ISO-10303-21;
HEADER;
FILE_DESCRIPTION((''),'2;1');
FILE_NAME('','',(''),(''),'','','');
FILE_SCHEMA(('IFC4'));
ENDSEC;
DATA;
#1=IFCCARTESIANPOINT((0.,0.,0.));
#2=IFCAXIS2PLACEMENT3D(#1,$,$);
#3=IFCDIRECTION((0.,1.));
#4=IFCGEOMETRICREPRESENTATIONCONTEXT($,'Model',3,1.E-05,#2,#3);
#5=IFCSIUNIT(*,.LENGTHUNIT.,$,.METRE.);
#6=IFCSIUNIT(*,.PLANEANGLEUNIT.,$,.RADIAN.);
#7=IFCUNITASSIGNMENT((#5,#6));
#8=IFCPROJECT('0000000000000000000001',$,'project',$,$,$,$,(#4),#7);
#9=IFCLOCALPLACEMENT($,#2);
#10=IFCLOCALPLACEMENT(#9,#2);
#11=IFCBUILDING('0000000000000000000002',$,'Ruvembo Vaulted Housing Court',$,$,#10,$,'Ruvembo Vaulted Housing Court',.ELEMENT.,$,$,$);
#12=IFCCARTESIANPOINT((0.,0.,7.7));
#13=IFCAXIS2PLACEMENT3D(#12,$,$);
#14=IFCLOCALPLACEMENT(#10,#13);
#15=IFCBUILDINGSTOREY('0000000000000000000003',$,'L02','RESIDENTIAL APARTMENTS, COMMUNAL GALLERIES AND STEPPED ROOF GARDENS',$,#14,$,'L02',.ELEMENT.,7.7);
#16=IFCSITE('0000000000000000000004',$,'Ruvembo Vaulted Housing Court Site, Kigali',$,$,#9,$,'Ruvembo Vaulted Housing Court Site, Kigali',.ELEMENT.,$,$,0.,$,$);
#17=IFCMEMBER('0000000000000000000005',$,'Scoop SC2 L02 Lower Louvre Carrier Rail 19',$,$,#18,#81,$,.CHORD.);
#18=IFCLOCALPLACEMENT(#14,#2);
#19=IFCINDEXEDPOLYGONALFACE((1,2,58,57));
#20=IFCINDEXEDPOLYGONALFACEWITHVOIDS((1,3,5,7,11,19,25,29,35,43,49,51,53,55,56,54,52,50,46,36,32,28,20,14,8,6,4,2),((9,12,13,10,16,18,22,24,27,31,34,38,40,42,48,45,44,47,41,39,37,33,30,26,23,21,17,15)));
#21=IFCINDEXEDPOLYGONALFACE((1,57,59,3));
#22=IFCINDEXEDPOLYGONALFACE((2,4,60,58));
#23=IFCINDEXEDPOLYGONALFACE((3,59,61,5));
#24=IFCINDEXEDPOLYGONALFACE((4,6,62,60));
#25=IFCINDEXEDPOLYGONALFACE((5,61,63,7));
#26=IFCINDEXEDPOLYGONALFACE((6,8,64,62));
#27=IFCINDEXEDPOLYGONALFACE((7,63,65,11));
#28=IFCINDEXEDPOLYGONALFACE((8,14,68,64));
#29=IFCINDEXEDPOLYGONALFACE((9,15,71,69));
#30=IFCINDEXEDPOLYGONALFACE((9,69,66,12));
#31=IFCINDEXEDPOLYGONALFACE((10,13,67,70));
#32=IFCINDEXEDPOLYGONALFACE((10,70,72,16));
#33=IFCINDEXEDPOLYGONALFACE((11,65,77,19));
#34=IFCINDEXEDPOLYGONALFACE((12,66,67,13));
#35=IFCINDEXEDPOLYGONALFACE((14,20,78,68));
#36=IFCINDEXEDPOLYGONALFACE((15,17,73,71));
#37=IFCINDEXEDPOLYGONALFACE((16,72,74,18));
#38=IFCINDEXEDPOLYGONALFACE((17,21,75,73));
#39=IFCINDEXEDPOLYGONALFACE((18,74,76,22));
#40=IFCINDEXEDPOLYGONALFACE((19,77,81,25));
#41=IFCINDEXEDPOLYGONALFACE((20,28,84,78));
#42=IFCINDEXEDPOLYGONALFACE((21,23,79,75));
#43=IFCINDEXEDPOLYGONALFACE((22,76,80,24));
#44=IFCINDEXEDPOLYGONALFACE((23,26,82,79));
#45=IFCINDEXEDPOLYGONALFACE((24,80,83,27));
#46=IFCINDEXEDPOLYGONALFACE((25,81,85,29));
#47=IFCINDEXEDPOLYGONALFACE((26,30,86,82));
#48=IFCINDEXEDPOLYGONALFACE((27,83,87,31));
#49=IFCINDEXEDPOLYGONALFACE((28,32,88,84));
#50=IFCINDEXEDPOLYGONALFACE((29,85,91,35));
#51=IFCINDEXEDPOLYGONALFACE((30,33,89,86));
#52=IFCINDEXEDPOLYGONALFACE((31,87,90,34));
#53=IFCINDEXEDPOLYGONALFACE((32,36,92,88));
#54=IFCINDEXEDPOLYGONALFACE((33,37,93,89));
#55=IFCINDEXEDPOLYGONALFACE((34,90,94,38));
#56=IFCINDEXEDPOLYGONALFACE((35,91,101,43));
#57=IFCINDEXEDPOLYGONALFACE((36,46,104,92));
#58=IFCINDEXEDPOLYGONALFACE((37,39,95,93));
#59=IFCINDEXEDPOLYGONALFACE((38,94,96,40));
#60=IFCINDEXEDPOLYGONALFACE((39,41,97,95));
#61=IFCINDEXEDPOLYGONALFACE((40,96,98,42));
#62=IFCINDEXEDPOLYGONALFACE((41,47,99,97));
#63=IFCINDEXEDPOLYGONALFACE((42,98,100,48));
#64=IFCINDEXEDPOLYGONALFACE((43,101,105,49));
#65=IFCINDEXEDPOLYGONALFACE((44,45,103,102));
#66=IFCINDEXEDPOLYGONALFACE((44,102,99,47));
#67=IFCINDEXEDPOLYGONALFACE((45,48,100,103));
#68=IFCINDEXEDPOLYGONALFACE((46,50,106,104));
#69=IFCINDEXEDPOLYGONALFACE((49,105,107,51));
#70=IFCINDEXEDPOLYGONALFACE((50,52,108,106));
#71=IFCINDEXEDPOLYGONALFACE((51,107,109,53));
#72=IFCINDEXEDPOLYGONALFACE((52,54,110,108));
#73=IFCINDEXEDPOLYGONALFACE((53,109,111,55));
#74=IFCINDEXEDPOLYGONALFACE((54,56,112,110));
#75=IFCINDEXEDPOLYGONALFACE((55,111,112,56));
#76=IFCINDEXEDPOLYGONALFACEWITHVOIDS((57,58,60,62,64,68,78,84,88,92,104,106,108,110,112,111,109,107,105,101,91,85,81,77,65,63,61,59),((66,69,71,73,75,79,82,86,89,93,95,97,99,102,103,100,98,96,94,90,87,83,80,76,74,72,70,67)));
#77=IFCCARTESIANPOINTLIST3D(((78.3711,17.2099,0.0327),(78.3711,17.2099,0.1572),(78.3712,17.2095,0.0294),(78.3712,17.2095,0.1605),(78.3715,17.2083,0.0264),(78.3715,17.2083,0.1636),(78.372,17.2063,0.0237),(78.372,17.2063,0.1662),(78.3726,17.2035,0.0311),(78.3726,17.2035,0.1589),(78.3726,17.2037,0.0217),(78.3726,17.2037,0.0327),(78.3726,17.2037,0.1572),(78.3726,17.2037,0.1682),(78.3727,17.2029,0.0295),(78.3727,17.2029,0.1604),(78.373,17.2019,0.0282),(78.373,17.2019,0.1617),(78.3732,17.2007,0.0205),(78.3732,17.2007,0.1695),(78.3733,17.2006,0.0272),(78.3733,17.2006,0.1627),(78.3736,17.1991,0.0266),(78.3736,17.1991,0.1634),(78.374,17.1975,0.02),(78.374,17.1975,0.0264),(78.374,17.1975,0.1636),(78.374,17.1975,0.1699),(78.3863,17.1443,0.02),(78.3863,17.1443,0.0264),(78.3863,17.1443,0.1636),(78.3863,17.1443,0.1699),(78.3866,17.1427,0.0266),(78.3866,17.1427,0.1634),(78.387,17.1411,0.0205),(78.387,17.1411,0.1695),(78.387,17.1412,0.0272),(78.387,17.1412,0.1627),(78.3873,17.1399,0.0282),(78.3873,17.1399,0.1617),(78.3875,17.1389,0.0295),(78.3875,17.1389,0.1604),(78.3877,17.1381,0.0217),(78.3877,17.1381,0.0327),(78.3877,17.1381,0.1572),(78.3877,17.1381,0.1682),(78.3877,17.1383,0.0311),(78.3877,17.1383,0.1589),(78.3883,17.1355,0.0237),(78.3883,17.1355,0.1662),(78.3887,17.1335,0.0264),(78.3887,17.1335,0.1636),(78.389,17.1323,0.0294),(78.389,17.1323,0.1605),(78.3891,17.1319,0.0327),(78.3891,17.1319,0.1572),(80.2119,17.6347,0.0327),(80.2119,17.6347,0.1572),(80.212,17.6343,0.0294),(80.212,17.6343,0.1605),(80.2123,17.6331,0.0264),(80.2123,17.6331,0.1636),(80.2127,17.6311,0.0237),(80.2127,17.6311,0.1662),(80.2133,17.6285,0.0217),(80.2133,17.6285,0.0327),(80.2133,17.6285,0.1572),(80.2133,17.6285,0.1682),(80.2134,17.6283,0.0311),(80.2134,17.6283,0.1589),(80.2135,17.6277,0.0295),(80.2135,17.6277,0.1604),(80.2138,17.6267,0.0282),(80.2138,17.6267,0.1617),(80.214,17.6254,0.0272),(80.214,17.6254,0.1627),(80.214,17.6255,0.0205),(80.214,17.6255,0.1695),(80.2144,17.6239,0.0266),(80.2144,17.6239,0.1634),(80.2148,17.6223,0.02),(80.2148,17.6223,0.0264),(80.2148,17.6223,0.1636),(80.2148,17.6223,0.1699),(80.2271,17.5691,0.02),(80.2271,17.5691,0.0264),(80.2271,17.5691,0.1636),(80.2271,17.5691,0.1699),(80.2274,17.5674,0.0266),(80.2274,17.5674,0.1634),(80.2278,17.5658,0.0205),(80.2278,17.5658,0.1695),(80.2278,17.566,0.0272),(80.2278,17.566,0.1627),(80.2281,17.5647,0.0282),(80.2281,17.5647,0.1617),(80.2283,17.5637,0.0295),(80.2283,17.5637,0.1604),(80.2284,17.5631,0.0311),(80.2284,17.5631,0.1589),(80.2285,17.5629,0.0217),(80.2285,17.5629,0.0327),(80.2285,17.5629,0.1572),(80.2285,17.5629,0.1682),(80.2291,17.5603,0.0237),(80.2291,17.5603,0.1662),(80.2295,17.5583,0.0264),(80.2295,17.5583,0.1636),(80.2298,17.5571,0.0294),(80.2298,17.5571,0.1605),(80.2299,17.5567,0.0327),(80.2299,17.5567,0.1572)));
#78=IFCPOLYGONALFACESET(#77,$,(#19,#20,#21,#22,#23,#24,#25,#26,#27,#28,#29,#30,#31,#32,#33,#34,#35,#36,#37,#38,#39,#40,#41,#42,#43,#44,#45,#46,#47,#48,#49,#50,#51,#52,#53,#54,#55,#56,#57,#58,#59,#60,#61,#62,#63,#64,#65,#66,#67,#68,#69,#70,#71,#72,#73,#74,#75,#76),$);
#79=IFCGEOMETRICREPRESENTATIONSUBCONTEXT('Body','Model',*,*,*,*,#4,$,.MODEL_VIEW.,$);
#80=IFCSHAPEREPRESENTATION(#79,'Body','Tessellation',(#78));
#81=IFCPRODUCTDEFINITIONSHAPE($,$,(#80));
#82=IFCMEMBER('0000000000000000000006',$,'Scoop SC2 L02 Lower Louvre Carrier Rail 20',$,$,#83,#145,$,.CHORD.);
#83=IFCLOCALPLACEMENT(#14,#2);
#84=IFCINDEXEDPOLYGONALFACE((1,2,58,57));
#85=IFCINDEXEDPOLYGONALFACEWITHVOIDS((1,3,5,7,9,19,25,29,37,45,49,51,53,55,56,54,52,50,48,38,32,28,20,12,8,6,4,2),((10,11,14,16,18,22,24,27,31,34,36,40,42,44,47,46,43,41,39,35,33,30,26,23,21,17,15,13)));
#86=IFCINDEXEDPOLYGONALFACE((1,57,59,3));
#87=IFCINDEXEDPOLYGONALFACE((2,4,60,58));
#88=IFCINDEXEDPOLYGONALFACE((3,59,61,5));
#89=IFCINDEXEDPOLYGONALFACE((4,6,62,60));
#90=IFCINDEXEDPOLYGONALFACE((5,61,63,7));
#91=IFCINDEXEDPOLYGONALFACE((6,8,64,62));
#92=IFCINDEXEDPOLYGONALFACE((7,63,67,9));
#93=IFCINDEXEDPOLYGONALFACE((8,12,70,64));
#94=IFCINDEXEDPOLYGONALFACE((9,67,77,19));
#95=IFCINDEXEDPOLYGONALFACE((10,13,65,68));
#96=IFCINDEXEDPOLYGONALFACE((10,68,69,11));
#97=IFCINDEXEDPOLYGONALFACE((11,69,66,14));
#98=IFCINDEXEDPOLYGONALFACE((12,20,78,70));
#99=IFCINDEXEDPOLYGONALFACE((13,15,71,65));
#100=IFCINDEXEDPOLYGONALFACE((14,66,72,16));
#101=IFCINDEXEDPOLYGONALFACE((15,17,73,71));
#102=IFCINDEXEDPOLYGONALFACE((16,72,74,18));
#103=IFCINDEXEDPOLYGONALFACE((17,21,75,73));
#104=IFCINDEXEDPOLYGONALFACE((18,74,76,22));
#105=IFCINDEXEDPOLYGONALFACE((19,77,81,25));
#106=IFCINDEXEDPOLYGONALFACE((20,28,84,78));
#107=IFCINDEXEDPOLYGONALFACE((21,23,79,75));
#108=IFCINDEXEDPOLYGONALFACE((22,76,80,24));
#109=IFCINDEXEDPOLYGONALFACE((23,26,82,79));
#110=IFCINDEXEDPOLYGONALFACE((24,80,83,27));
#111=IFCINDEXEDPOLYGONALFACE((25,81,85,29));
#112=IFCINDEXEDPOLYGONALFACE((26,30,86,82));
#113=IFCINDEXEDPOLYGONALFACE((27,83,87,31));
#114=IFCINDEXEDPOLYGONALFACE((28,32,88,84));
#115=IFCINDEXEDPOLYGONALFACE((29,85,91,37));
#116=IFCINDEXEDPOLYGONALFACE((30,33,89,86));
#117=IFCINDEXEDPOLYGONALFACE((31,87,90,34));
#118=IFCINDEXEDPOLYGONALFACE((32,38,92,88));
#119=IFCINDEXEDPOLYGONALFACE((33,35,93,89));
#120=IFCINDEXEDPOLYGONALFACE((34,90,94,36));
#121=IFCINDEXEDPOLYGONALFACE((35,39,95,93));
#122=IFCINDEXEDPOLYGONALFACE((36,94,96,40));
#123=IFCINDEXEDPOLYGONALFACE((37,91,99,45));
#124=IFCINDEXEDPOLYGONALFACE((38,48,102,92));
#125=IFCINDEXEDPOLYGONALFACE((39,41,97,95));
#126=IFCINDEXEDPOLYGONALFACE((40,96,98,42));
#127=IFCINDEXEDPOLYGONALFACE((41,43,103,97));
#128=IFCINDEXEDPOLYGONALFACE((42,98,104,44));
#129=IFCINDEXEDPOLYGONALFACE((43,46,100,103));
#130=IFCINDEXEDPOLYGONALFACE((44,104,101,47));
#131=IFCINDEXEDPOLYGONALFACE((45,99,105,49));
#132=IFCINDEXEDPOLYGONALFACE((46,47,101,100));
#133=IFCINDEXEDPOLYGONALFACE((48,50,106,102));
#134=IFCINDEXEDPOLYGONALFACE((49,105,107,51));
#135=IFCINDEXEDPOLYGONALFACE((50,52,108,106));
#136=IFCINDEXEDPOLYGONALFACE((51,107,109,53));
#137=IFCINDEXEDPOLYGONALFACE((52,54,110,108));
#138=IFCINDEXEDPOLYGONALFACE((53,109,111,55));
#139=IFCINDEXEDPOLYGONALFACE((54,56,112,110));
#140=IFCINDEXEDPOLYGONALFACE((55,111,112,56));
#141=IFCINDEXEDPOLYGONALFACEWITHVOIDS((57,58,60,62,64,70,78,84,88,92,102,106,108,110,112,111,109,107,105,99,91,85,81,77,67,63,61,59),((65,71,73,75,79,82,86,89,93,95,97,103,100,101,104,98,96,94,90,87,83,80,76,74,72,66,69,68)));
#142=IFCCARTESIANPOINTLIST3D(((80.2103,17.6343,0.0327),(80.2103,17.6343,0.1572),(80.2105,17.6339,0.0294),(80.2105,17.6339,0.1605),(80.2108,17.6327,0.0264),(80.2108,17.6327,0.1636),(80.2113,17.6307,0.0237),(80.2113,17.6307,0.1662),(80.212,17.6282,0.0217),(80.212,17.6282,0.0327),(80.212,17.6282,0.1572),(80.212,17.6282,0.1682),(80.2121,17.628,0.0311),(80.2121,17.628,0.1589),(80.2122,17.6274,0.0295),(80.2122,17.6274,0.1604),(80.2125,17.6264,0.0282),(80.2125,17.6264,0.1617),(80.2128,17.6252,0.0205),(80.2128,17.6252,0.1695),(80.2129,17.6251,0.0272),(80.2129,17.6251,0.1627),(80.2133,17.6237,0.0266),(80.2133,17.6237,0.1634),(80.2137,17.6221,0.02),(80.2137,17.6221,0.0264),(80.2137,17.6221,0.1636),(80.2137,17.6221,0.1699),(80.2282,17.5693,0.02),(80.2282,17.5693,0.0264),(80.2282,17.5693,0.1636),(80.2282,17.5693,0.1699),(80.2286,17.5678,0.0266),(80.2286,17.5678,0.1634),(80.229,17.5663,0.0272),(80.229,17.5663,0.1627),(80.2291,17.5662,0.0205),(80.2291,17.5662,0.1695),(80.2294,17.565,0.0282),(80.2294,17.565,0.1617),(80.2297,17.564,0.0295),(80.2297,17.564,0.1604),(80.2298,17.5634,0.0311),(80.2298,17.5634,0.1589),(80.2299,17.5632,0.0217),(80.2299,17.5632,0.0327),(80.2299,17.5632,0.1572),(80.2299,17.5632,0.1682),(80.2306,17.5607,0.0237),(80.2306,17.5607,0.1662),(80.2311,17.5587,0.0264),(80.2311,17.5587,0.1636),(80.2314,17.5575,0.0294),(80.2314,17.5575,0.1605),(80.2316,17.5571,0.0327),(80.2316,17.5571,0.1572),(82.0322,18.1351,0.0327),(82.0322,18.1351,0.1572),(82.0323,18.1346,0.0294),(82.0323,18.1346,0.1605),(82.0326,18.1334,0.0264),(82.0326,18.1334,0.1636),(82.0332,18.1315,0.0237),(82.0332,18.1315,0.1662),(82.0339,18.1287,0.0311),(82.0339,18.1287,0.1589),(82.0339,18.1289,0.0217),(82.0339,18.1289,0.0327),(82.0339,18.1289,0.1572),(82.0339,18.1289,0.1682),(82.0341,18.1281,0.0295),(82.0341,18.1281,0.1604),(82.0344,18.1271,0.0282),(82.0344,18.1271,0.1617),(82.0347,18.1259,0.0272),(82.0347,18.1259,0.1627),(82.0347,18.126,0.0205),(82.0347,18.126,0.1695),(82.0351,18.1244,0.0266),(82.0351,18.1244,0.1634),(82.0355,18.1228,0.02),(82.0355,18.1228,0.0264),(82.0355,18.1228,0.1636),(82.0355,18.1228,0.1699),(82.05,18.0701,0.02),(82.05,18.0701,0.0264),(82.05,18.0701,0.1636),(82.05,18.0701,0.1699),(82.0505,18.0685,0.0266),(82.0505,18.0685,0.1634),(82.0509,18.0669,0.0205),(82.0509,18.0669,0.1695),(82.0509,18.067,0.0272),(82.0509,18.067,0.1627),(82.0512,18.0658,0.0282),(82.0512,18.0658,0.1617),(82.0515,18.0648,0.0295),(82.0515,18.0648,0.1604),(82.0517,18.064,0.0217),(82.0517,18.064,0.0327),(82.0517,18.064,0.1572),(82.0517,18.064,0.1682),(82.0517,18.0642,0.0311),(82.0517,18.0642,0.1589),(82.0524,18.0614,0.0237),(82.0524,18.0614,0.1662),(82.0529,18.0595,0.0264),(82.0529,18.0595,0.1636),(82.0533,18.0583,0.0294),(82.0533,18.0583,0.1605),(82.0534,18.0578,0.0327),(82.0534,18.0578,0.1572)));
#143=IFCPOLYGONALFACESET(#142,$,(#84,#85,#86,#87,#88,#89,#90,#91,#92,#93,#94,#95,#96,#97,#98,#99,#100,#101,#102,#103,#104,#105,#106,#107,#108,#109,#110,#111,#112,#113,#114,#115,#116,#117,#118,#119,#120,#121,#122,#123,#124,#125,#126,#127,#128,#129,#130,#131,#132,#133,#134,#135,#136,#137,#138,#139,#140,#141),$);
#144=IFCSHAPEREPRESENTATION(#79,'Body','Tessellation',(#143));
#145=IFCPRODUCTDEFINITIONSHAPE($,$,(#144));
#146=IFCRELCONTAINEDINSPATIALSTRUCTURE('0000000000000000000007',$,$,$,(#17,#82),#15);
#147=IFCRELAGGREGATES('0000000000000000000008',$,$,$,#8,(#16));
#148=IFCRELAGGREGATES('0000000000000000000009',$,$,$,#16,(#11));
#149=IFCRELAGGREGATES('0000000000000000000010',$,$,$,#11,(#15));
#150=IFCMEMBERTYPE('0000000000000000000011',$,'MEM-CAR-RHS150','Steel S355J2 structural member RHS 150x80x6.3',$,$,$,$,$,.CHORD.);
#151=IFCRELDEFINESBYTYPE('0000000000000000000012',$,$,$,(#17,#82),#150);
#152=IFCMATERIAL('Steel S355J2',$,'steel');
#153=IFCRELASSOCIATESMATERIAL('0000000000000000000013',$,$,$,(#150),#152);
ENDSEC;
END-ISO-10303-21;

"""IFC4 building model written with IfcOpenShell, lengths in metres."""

from ifc_helpers import new_model, si_unit, direction, frame, origin, origin_2d, place, context, subcontext, project, spatial, hollow_rectangle, extrude, material, material_profile, profile_set, type_object, element, save


model = new_model("IFC4")

# Units and contexts
model_context = context("Model", 3, precision=1e-05, world=origin(), true_north=direction((0.0, 1.0)))
body_context = subcontext(model_context, "Body", "Model", "MODEL_VIEW")
ifc_project = project(units=[si_unit("LENGTHUNIT", "METRE"), si_unit("PLANEANGLEUNIT", "RADIAN")], contexts=[model_context])

# Site, building, storey
site_placement = place(None, origin())
site = spatial("IfcSite", under=ifc_project, at=site_placement, Name="Ruvembo Vaulted Housing Court Site, Kigali", LongName="Ruvembo Vaulted Housing Court Site, Kigali", CompositionType="ELEMENT", RefElevation=0.0)
building_placement = place(site_placement, origin())
building = spatial("IfcBuilding", under=site, at=building_placement, Name="Ruvembo Vaulted Housing Court", LongName="Ruvembo Vaulted Housing Court", CompositionType="ELEMENT")
storey_placement = place(building_placement, frame((0.0, 0.0, 7.7)))
storey = spatial("IfcBuildingStorey", under=building, at=storey_placement, Name="L02", Description="RESIDENTIAL APARTMENTS, COMMUNAL GALLERIES AND STEPPED ROOF GARDENS", LongName="L02", CompositionType="ELEMENT", Elevation=7.7)

# Shared definitions
ifc_material_1 = material(Name="Steel S355J2", Category="steel")

# Members
ifc_material_profile_1 = material_profile(ifc_material_1, hollow_rectangle(XDim=0.0801, YDim=0.1499, WallThickness=0.0063, InnerFilletRadius=0.0063, OuterFilletRadius=0.0127, at=origin_2d()), Name="RHS 150x80x6.3")
ifc_profile_set_1 = profile_set([ifc_material_profile_1], Name="Steel S355J2")
member_type_1 = type_object("IfcMemberType", Name="MEM-CAR-RHS150", Description="Steel S355J2 structural member RHS 150x80x6.3", PredefinedType="CHORD", material=ifc_profile_set_1)
member_1_placement = place(storey_placement, frame((78.3801, 17.1709, 0.095), z_axis=(0.974391, 0.22486, 0.0), x_axis=(-0.22486, 0.974391, 0.0)))
element("IfcMember", 1, at=member_1_placement, inside=storey, type_object=member_type_1, Name="Scoop SC2 L02 Lower Louvre Carrier Rail 19", PredefinedType="CHORD", context=body_context, shape_type="SweptSolid", body=[
    extrude(hollow_rectangle(XDim=0.0801, YDim=0.1499, WallThickness=0.0063, InnerFilletRadius=0.0063, OuterFilletRadius=0.0127, at=origin_2d()), origin(), (0.0, 0.0, 1.0), 1.8892),
])
member_2_placement = place(storey_placement, frame((80.2209, 17.5957, 0.095), z_axis=(0.96424, 0.26503, 0.0), x_axis=(-0.26503, 0.96424, 0.0)))
element("IfcMember", 2, at=member_2_placement, inside=storey, type_object=member_type_1, Name="Scoop SC2 L02 Lower Louvre Carrier Rail 20", PredefinedType="CHORD", context=body_context, shape_type="SweptSolid", body=[
    extrude(hollow_rectangle(XDim=0.0801, YDim=0.1499, WallThickness=0.0063, InnerFilletRadius=0.0063, OuterFilletRadius=0.0127, at=origin_2d()), origin(), (0.0, 0.0, 1.0), 1.8894),
])

save(model, "model.ifc")
